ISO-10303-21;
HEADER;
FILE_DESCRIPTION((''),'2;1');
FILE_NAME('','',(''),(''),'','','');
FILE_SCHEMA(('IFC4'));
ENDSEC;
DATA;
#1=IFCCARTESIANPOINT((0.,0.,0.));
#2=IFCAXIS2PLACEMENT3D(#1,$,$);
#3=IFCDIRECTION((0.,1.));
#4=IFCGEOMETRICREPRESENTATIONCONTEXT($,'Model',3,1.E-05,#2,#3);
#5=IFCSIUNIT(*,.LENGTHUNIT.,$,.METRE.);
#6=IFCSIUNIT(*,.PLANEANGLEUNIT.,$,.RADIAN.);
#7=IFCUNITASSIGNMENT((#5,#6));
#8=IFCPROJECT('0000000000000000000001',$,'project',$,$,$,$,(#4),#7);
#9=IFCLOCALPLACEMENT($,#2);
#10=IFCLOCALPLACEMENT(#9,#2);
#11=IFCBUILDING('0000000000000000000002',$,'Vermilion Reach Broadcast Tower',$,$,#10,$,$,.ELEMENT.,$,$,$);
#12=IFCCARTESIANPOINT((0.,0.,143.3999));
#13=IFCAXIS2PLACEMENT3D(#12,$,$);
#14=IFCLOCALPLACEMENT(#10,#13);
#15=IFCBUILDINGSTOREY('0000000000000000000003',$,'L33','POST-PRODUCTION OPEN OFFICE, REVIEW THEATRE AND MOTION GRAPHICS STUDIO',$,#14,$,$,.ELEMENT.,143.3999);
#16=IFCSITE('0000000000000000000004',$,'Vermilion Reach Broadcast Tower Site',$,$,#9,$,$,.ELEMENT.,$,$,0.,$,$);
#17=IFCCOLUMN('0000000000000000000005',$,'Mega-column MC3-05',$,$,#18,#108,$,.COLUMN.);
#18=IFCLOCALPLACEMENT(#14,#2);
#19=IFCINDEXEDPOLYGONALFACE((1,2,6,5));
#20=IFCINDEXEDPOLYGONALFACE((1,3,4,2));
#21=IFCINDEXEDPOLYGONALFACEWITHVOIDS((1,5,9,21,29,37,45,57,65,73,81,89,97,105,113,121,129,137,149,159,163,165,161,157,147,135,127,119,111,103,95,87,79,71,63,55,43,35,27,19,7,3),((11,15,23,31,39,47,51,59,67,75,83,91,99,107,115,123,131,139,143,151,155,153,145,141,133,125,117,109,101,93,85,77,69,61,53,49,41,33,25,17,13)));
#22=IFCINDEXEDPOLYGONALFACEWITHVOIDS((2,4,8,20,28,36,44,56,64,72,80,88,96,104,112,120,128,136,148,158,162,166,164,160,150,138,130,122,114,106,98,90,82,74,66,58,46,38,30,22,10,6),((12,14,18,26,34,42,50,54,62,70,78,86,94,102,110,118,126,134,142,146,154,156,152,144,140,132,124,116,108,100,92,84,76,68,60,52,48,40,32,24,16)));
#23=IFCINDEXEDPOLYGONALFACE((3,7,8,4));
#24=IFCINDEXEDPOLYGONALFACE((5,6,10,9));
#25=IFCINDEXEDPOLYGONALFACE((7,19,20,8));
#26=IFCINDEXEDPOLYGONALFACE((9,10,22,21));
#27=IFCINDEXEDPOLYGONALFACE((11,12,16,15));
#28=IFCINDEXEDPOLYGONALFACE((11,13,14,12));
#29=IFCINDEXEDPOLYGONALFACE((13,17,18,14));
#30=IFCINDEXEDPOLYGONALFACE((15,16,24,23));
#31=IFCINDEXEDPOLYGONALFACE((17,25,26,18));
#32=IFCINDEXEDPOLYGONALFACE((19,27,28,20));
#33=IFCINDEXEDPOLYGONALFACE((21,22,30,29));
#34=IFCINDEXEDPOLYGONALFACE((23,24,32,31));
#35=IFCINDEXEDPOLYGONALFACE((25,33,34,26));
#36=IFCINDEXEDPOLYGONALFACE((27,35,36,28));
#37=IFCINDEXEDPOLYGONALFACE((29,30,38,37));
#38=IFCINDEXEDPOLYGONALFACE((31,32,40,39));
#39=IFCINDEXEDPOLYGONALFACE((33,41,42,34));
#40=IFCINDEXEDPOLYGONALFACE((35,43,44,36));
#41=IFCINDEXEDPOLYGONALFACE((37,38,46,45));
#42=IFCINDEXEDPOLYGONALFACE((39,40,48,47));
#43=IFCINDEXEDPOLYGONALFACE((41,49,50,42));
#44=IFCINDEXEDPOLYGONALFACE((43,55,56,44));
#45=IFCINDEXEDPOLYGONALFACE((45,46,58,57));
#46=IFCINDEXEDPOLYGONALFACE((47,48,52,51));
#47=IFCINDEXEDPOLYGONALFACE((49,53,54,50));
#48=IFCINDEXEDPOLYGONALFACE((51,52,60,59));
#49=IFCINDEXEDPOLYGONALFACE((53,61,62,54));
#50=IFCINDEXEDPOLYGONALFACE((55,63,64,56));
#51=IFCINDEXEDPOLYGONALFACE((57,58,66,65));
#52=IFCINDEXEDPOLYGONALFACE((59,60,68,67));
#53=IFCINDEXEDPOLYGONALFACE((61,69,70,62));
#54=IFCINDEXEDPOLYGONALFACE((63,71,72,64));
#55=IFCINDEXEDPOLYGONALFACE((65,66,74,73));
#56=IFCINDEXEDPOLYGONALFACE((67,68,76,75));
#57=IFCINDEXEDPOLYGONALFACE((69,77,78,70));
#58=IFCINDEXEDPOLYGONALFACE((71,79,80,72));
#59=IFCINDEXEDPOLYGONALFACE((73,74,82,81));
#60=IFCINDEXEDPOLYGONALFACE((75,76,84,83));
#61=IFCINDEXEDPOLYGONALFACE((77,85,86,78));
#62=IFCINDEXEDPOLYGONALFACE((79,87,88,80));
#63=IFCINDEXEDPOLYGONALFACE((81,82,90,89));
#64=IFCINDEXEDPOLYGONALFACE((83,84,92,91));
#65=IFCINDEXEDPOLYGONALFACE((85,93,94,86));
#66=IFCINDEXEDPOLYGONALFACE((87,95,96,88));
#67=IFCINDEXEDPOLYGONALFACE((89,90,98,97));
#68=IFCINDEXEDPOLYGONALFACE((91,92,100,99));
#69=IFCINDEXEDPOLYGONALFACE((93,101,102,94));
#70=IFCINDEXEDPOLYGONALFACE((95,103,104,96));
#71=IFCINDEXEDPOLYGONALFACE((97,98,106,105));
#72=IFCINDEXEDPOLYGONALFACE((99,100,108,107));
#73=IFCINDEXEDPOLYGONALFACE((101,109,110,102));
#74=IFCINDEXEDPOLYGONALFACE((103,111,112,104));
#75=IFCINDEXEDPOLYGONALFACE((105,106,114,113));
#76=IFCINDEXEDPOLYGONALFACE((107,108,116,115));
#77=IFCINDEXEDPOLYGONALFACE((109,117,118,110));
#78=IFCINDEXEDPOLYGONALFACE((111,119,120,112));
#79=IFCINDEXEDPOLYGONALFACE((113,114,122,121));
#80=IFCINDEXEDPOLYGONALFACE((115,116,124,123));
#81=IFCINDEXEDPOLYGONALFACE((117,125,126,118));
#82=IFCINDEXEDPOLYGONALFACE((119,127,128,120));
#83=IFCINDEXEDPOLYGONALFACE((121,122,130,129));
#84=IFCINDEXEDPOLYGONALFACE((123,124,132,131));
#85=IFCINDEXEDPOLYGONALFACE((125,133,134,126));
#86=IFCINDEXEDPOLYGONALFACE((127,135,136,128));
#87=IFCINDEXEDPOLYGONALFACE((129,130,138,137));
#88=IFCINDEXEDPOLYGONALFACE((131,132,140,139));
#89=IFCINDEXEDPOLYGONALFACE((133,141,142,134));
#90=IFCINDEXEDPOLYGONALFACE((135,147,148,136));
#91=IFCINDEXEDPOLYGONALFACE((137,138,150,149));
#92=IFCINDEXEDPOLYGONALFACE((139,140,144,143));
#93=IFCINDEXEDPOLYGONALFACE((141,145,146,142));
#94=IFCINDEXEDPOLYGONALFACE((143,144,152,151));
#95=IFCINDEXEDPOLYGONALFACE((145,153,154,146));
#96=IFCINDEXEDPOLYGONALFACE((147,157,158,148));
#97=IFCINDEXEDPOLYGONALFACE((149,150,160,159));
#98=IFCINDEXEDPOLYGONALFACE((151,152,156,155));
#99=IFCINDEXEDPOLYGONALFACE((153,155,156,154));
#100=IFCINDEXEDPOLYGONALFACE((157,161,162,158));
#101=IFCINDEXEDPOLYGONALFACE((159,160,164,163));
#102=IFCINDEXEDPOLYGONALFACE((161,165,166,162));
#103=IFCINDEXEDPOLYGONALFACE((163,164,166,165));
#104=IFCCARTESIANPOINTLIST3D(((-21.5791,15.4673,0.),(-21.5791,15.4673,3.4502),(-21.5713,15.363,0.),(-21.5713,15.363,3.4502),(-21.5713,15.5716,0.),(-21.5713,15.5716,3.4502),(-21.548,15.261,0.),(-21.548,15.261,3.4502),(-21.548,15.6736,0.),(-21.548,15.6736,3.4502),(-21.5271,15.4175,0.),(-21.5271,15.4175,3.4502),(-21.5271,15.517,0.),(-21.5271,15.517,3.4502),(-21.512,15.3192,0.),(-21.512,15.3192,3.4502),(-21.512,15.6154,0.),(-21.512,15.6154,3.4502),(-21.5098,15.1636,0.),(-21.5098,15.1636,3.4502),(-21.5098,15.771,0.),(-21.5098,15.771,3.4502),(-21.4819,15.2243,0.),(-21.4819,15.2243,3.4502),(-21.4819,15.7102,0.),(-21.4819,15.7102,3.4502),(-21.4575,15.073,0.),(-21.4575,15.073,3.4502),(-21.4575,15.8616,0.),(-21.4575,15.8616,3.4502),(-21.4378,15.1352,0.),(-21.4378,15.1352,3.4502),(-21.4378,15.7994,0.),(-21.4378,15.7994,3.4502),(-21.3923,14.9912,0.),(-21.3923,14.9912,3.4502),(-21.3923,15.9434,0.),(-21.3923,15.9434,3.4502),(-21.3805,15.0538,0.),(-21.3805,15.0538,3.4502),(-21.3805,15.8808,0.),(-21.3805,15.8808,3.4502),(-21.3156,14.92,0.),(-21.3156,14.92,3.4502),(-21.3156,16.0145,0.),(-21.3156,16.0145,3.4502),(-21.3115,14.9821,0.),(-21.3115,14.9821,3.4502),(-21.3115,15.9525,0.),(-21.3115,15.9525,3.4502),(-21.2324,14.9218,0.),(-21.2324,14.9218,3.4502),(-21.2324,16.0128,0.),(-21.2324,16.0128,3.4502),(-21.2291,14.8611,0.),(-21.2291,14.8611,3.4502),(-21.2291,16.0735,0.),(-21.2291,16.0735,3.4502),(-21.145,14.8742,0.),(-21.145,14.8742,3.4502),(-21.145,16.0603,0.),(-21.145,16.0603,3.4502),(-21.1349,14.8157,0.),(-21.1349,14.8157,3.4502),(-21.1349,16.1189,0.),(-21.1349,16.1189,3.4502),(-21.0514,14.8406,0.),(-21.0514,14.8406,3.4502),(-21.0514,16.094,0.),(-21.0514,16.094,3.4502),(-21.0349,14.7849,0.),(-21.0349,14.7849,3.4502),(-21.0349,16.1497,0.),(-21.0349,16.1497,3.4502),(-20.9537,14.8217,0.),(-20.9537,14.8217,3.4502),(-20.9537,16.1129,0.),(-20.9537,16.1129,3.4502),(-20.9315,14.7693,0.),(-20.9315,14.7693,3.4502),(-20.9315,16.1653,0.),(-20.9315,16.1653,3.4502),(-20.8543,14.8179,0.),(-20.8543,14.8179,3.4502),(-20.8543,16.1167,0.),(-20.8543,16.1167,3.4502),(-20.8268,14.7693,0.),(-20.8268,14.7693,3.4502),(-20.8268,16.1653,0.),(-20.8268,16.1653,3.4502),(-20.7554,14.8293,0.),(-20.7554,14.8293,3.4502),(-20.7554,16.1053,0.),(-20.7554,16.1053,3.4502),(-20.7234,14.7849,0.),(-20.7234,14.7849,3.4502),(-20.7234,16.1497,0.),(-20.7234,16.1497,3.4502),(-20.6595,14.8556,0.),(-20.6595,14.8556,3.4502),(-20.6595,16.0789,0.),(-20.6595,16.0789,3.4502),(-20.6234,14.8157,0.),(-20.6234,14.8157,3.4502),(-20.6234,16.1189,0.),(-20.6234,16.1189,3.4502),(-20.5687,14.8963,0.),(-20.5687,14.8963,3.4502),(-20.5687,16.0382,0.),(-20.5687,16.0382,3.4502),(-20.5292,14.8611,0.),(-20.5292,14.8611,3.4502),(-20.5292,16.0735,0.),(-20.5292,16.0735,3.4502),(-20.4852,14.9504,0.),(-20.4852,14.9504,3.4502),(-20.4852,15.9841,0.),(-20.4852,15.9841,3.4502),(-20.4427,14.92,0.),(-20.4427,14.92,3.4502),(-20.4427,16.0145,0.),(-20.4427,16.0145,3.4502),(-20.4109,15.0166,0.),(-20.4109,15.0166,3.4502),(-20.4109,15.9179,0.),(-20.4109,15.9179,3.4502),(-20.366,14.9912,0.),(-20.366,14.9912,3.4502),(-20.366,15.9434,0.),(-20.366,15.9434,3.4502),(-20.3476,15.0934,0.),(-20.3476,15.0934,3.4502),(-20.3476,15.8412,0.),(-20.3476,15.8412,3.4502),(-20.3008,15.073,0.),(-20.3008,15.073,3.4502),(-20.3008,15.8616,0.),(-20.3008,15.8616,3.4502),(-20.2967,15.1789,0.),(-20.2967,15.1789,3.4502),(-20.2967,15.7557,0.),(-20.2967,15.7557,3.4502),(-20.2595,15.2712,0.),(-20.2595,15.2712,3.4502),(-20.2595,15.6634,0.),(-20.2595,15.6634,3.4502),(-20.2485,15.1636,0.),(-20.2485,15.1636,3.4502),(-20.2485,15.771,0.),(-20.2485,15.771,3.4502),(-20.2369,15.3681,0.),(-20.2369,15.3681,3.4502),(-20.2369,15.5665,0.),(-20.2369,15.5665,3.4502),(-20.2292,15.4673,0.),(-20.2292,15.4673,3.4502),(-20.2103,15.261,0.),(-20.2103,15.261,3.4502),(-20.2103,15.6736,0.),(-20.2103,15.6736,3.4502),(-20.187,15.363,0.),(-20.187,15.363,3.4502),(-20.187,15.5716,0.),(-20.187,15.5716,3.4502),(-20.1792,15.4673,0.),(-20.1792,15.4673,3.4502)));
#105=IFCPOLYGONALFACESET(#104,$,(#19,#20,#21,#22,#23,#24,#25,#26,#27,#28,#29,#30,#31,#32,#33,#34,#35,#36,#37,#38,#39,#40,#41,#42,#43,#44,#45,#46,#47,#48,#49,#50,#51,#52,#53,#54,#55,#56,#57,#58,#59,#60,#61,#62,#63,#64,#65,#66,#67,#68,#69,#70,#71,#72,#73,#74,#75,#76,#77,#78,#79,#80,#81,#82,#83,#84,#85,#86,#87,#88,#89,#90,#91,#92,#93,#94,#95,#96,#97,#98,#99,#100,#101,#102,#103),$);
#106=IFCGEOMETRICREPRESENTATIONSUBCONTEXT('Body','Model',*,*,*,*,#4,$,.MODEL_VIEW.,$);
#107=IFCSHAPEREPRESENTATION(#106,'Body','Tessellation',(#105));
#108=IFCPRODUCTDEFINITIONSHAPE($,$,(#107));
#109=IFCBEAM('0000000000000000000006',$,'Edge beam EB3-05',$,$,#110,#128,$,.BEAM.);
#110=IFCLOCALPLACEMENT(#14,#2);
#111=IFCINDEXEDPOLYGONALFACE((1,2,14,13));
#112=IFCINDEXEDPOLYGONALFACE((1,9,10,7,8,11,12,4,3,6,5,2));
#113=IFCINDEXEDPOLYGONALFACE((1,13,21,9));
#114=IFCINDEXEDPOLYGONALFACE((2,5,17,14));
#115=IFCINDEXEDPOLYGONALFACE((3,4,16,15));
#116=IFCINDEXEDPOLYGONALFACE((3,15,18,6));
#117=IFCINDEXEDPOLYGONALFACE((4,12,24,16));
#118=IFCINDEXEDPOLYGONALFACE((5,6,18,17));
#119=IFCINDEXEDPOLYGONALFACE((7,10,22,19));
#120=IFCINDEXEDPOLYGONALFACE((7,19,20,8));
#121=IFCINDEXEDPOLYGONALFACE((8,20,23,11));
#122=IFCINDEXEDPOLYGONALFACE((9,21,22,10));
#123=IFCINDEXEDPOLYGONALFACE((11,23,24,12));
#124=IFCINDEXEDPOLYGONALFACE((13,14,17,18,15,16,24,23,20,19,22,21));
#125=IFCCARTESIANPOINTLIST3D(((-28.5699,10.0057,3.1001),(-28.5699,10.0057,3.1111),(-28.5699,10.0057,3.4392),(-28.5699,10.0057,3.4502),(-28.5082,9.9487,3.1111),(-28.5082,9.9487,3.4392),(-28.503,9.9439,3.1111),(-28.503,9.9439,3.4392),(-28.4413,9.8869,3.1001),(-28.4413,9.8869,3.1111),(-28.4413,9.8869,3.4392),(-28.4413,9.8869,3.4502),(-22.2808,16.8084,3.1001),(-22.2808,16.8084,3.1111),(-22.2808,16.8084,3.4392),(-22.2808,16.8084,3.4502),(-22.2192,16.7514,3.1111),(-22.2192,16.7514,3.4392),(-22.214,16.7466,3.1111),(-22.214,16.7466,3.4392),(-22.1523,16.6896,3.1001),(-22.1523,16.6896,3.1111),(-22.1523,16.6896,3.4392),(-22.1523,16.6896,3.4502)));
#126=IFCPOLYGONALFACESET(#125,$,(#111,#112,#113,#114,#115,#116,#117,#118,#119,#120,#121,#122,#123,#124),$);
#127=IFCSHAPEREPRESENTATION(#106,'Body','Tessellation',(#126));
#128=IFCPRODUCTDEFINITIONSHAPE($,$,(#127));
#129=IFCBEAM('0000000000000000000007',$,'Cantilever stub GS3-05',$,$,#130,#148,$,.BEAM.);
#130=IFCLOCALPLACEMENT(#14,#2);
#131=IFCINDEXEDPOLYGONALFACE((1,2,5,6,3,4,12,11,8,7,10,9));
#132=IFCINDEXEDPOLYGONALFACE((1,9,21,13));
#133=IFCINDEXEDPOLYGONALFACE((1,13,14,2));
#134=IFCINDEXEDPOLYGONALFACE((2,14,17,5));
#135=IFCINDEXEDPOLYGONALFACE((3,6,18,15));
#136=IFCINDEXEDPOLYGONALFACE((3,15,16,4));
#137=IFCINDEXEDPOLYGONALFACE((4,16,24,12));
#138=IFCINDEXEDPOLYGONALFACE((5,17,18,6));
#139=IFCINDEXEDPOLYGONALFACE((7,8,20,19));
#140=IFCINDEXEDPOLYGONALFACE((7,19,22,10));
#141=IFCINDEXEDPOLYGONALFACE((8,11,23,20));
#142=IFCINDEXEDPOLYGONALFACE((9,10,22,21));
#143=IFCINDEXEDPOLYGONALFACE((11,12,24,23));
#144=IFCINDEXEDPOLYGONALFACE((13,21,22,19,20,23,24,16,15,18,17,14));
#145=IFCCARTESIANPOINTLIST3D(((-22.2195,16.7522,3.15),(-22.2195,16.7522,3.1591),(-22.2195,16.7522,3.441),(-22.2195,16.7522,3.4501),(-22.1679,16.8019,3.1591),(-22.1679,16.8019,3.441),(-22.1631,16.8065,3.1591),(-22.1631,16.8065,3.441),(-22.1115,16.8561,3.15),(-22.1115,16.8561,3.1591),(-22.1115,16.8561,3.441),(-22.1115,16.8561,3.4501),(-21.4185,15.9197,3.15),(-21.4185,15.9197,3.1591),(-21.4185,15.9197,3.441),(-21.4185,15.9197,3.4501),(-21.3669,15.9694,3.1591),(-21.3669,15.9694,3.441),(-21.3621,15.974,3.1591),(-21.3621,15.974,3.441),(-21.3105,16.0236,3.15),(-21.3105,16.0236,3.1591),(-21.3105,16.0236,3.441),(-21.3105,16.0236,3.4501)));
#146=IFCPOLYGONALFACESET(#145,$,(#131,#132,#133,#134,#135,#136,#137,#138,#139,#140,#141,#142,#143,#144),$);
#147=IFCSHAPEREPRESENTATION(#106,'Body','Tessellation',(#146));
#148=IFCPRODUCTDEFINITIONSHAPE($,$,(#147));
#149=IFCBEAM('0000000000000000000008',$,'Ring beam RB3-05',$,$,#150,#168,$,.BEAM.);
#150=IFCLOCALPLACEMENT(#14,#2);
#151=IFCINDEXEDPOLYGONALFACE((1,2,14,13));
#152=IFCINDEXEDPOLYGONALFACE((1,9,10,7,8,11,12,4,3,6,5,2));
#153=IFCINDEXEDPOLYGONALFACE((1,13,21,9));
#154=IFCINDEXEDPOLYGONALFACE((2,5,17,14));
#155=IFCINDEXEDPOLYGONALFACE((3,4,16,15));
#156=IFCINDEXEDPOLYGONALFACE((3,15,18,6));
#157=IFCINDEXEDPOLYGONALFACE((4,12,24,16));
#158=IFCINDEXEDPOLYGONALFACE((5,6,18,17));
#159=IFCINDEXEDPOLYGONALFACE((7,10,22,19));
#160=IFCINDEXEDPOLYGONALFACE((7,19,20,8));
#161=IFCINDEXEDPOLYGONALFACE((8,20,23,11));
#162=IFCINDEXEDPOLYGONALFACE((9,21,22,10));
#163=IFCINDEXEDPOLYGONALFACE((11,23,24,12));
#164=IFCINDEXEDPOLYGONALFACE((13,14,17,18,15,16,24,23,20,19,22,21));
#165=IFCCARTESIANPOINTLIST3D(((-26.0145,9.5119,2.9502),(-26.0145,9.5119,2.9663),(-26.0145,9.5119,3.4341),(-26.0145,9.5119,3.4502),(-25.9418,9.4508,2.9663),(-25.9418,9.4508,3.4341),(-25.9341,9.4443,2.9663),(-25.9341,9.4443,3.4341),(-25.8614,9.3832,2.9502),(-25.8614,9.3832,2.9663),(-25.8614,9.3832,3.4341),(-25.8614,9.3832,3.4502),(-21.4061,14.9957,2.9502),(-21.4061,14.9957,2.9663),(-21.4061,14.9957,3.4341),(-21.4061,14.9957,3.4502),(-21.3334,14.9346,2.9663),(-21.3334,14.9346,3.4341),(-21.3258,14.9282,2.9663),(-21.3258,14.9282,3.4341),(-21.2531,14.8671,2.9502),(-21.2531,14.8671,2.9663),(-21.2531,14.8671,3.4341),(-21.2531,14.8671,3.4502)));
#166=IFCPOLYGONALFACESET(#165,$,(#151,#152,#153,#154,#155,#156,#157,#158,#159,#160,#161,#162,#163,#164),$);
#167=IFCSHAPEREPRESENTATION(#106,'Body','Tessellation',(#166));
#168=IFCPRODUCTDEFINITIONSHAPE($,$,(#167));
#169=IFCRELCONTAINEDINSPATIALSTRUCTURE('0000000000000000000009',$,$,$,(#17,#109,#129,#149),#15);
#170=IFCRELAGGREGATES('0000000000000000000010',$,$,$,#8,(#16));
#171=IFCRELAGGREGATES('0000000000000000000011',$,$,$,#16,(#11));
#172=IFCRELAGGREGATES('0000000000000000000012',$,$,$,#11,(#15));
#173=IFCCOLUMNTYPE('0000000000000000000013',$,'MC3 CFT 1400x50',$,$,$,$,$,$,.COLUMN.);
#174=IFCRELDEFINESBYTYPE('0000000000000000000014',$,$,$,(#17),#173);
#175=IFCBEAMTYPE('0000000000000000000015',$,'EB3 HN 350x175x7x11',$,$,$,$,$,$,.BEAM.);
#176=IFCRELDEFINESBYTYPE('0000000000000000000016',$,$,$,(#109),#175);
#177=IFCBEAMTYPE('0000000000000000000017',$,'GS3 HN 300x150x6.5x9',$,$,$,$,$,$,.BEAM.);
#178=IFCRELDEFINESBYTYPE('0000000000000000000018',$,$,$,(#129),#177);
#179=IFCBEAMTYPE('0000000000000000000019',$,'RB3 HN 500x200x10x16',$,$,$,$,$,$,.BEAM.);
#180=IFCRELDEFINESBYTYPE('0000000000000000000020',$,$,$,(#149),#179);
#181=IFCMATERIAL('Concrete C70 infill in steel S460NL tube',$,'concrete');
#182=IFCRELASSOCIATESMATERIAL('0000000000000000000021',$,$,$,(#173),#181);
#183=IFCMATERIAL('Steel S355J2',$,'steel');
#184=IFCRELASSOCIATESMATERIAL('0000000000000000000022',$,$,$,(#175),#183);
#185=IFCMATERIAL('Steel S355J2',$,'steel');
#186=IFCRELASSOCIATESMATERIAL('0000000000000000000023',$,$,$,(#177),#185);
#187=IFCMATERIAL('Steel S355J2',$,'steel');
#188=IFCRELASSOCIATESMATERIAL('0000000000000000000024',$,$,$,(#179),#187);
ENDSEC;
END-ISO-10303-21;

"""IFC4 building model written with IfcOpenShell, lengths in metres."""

from ifc_helpers import new_model, si_unit, direction, frame, origin, origin_2d, place, context, subcontext, project, spatial, hollow_circle, i_section, extrude, material, material_profile, profile_set, type_object, element, save


model = new_model("IFC4")

# Units and contexts
model_context = context("Model", 3, precision=1e-05, world=origin(), true_north=direction((0.0, 1.0)))
body_context = subcontext(model_context, "Body", "Model", "MODEL_VIEW")
ifc_project = project(units=[si_unit("LENGTHUNIT", "METRE"), si_unit("PLANEANGLEUNIT", "RADIAN")], contexts=[model_context])

# Site, building, storey
site_placement = place(None, origin())
site = spatial("IfcSite", under=ifc_project, at=site_placement, Name="Vermilion Reach Broadcast Tower Site", CompositionType="ELEMENT", RefElevation=0.0)
building_placement = place(site_placement, origin())
building = spatial("IfcBuilding", under=site, at=building_placement, Name="Vermilion Reach Broadcast Tower", CompositionType="ELEMENT")
storey_placement = place(building_placement, frame((0.0, 0.0, 143.3999)))
storey = spatial("IfcBuildingStorey", under=building, at=storey_placement, Name="L33", Description="POST-PRODUCTION OPEN OFFICE, REVIEW THEATRE AND MOTION GRAPHICS STUDIO", CompositionType="ELEMENT", Elevation=143.3999)

# Column
ifc_material_1 = material(Name="Concrete C70 infill in steel S460NL tube", Category="concrete")
ifc_material_profile_1 = material_profile(ifc_material_1, hollow_circle(Radius=0.7, WallThickness=0.05, at=origin_2d()), Name="Concrete C70 infill in steel S460NL tube CFT 1400x50")
ifc_profile_set_1 = profile_set([ifc_material_profile_1], Name="Concrete C70 infill in steel S460NL tube")
column_type = type_object("IfcColumnType", Name="MC3 CFT 1400x50", PredefinedType="COLUMN", material=ifc_profile_set_1)
column_placement = place(storey_placement, frame((-20.8792, 15.4673, 0.0), z_axis=(0.0, 0.0, 1.0), x_axis=(1.0, 0.0, 0.0)))
element("IfcColumn", 1, at=column_placement, inside=storey, type_object=column_type, Name="Mega-column MC3-05", PredefinedType="COLUMN", context=body_context, shape_type="SweptSolid", body=[
    extrude(hollow_circle(Radius=0.7, WallThickness=0.05, at=origin_2d()), origin(), (0.0, 0.0, 1.0), 3.4502),
])

# Beams
ifc_material_2 = material(Name="Steel S355J2", Category="steel")
ifc_material_profile_2 = material_profile(ifc_material_2, i_section(OverallWidth=0.175, OverallDepth=0.3501, WebThickness=0.0071, FlangeThickness=0.011, at=origin_2d()), Name="S355J2 HN 350x175x7x11")
ifc_profile_set_2 = profile_set([ifc_material_profile_2], Name="Steel S355J2")
beam_type_1 = type_object("IfcBeamType", Name="EB3 HN 350x175x7x11", PredefinedType="BEAM", material=ifc_profile_set_2)
beam_1_placement = place(storey_placement, frame((-22.2166, 16.749, 3.2751), z_axis=(-0.67884, -0.734286, 0.0), x_axis=(0.734286, -0.67884, 0.0)))
element("IfcBeam", 2, at=beam_1_placement, inside=storey, type_object=beam_type_1, Name="Edge beam EB3-05", PredefinedType="BEAM", context=body_context, shape_type="SweptSolid", body=[
    extrude(i_section(OverallWidth=0.175, OverallDepth=0.3501, WebThickness=0.0071, FlangeThickness=0.011, at=origin_2d()), origin(), (0.0, 0.0, 1.0), 9.2644),
])
ifc_material_3 = material(Name="Steel S355J2", Category="steel")
ifc_material_profile_3 = material_profile(ifc_material_3, i_section(OverallWidth=0.1499, OverallDepth=0.3, WebThickness=0.0066, FlangeThickness=0.009, at=origin_2d()), Name="S355J2 HN 300x150x6.5x9")
ifc_profile_set_3 = profile_set([ifc_material_profile_3], Name="Steel S355J2")
beam_type_2 = type_object("IfcBeamType", Name="GS3 HN 300x150x6.5x9", PredefinedType="BEAM", material=ifc_profile_set_3)
beam_2_placement = place(storey_placement, frame((-21.3645, 15.9717, 3.3), z_axis=(-0.693345, 0.720606, 0.0), x_axis=(-0.720606, -0.693345, 0.0)))
element("IfcBeam", 3, at=beam_2_placement, inside=storey, type_object=beam_type_2, Name="Cantilever stub GS3-05", PredefinedType="BEAM", context=body_context, shape_type="SweptSolid", body=[
    extrude(i_section(OverallWidth=0.1499, OverallDepth=0.3, WebThickness=0.0066, FlangeThickness=0.009, at=origin_2d()), origin(), (0.0, 0.0, 1.0), 1.1553),
])
ifc_material_4 = material(Name="Steel S355J2", Category="steel")
ifc_material_profile_4 = material_profile(ifc_material_4, i_section(OverallWidth=0.2, OverallDepth=0.5, WebThickness=0.01, FlangeThickness=0.0161, at=origin_2d()), Name="S355J2 HN 500x200x10x16")
ifc_profile_set_4 = profile_set([ifc_material_profile_4], Name="Steel S355J2")
beam_type_3 = type_object("IfcBeamType", Name="RB3 HN 500x200x10x16", PredefinedType="BEAM", material=ifc_profile_set_4)
beam_3_placement = place(storey_placement, frame((-21.3296, 14.9314, 3.2002), z_axis=(-0.64335, -0.765572, 0.0), x_axis=(0.765572, -0.64335, 0.0)))
element("IfcBeam", 4, at=beam_3_placement, inside=storey, type_object=beam_type_3, Name="Ring beam RB3-05", PredefinedType="BEAM", context=body_context, shape_type="SweptSolid", body=[
    extrude(i_section(OverallWidth=0.2, OverallDepth=0.5, WebThickness=0.01, FlangeThickness=0.0161, at=origin_2d()), origin(), (0.0, 0.0, 1.0), 7.1631),
])

save(model, "model.ifc")
